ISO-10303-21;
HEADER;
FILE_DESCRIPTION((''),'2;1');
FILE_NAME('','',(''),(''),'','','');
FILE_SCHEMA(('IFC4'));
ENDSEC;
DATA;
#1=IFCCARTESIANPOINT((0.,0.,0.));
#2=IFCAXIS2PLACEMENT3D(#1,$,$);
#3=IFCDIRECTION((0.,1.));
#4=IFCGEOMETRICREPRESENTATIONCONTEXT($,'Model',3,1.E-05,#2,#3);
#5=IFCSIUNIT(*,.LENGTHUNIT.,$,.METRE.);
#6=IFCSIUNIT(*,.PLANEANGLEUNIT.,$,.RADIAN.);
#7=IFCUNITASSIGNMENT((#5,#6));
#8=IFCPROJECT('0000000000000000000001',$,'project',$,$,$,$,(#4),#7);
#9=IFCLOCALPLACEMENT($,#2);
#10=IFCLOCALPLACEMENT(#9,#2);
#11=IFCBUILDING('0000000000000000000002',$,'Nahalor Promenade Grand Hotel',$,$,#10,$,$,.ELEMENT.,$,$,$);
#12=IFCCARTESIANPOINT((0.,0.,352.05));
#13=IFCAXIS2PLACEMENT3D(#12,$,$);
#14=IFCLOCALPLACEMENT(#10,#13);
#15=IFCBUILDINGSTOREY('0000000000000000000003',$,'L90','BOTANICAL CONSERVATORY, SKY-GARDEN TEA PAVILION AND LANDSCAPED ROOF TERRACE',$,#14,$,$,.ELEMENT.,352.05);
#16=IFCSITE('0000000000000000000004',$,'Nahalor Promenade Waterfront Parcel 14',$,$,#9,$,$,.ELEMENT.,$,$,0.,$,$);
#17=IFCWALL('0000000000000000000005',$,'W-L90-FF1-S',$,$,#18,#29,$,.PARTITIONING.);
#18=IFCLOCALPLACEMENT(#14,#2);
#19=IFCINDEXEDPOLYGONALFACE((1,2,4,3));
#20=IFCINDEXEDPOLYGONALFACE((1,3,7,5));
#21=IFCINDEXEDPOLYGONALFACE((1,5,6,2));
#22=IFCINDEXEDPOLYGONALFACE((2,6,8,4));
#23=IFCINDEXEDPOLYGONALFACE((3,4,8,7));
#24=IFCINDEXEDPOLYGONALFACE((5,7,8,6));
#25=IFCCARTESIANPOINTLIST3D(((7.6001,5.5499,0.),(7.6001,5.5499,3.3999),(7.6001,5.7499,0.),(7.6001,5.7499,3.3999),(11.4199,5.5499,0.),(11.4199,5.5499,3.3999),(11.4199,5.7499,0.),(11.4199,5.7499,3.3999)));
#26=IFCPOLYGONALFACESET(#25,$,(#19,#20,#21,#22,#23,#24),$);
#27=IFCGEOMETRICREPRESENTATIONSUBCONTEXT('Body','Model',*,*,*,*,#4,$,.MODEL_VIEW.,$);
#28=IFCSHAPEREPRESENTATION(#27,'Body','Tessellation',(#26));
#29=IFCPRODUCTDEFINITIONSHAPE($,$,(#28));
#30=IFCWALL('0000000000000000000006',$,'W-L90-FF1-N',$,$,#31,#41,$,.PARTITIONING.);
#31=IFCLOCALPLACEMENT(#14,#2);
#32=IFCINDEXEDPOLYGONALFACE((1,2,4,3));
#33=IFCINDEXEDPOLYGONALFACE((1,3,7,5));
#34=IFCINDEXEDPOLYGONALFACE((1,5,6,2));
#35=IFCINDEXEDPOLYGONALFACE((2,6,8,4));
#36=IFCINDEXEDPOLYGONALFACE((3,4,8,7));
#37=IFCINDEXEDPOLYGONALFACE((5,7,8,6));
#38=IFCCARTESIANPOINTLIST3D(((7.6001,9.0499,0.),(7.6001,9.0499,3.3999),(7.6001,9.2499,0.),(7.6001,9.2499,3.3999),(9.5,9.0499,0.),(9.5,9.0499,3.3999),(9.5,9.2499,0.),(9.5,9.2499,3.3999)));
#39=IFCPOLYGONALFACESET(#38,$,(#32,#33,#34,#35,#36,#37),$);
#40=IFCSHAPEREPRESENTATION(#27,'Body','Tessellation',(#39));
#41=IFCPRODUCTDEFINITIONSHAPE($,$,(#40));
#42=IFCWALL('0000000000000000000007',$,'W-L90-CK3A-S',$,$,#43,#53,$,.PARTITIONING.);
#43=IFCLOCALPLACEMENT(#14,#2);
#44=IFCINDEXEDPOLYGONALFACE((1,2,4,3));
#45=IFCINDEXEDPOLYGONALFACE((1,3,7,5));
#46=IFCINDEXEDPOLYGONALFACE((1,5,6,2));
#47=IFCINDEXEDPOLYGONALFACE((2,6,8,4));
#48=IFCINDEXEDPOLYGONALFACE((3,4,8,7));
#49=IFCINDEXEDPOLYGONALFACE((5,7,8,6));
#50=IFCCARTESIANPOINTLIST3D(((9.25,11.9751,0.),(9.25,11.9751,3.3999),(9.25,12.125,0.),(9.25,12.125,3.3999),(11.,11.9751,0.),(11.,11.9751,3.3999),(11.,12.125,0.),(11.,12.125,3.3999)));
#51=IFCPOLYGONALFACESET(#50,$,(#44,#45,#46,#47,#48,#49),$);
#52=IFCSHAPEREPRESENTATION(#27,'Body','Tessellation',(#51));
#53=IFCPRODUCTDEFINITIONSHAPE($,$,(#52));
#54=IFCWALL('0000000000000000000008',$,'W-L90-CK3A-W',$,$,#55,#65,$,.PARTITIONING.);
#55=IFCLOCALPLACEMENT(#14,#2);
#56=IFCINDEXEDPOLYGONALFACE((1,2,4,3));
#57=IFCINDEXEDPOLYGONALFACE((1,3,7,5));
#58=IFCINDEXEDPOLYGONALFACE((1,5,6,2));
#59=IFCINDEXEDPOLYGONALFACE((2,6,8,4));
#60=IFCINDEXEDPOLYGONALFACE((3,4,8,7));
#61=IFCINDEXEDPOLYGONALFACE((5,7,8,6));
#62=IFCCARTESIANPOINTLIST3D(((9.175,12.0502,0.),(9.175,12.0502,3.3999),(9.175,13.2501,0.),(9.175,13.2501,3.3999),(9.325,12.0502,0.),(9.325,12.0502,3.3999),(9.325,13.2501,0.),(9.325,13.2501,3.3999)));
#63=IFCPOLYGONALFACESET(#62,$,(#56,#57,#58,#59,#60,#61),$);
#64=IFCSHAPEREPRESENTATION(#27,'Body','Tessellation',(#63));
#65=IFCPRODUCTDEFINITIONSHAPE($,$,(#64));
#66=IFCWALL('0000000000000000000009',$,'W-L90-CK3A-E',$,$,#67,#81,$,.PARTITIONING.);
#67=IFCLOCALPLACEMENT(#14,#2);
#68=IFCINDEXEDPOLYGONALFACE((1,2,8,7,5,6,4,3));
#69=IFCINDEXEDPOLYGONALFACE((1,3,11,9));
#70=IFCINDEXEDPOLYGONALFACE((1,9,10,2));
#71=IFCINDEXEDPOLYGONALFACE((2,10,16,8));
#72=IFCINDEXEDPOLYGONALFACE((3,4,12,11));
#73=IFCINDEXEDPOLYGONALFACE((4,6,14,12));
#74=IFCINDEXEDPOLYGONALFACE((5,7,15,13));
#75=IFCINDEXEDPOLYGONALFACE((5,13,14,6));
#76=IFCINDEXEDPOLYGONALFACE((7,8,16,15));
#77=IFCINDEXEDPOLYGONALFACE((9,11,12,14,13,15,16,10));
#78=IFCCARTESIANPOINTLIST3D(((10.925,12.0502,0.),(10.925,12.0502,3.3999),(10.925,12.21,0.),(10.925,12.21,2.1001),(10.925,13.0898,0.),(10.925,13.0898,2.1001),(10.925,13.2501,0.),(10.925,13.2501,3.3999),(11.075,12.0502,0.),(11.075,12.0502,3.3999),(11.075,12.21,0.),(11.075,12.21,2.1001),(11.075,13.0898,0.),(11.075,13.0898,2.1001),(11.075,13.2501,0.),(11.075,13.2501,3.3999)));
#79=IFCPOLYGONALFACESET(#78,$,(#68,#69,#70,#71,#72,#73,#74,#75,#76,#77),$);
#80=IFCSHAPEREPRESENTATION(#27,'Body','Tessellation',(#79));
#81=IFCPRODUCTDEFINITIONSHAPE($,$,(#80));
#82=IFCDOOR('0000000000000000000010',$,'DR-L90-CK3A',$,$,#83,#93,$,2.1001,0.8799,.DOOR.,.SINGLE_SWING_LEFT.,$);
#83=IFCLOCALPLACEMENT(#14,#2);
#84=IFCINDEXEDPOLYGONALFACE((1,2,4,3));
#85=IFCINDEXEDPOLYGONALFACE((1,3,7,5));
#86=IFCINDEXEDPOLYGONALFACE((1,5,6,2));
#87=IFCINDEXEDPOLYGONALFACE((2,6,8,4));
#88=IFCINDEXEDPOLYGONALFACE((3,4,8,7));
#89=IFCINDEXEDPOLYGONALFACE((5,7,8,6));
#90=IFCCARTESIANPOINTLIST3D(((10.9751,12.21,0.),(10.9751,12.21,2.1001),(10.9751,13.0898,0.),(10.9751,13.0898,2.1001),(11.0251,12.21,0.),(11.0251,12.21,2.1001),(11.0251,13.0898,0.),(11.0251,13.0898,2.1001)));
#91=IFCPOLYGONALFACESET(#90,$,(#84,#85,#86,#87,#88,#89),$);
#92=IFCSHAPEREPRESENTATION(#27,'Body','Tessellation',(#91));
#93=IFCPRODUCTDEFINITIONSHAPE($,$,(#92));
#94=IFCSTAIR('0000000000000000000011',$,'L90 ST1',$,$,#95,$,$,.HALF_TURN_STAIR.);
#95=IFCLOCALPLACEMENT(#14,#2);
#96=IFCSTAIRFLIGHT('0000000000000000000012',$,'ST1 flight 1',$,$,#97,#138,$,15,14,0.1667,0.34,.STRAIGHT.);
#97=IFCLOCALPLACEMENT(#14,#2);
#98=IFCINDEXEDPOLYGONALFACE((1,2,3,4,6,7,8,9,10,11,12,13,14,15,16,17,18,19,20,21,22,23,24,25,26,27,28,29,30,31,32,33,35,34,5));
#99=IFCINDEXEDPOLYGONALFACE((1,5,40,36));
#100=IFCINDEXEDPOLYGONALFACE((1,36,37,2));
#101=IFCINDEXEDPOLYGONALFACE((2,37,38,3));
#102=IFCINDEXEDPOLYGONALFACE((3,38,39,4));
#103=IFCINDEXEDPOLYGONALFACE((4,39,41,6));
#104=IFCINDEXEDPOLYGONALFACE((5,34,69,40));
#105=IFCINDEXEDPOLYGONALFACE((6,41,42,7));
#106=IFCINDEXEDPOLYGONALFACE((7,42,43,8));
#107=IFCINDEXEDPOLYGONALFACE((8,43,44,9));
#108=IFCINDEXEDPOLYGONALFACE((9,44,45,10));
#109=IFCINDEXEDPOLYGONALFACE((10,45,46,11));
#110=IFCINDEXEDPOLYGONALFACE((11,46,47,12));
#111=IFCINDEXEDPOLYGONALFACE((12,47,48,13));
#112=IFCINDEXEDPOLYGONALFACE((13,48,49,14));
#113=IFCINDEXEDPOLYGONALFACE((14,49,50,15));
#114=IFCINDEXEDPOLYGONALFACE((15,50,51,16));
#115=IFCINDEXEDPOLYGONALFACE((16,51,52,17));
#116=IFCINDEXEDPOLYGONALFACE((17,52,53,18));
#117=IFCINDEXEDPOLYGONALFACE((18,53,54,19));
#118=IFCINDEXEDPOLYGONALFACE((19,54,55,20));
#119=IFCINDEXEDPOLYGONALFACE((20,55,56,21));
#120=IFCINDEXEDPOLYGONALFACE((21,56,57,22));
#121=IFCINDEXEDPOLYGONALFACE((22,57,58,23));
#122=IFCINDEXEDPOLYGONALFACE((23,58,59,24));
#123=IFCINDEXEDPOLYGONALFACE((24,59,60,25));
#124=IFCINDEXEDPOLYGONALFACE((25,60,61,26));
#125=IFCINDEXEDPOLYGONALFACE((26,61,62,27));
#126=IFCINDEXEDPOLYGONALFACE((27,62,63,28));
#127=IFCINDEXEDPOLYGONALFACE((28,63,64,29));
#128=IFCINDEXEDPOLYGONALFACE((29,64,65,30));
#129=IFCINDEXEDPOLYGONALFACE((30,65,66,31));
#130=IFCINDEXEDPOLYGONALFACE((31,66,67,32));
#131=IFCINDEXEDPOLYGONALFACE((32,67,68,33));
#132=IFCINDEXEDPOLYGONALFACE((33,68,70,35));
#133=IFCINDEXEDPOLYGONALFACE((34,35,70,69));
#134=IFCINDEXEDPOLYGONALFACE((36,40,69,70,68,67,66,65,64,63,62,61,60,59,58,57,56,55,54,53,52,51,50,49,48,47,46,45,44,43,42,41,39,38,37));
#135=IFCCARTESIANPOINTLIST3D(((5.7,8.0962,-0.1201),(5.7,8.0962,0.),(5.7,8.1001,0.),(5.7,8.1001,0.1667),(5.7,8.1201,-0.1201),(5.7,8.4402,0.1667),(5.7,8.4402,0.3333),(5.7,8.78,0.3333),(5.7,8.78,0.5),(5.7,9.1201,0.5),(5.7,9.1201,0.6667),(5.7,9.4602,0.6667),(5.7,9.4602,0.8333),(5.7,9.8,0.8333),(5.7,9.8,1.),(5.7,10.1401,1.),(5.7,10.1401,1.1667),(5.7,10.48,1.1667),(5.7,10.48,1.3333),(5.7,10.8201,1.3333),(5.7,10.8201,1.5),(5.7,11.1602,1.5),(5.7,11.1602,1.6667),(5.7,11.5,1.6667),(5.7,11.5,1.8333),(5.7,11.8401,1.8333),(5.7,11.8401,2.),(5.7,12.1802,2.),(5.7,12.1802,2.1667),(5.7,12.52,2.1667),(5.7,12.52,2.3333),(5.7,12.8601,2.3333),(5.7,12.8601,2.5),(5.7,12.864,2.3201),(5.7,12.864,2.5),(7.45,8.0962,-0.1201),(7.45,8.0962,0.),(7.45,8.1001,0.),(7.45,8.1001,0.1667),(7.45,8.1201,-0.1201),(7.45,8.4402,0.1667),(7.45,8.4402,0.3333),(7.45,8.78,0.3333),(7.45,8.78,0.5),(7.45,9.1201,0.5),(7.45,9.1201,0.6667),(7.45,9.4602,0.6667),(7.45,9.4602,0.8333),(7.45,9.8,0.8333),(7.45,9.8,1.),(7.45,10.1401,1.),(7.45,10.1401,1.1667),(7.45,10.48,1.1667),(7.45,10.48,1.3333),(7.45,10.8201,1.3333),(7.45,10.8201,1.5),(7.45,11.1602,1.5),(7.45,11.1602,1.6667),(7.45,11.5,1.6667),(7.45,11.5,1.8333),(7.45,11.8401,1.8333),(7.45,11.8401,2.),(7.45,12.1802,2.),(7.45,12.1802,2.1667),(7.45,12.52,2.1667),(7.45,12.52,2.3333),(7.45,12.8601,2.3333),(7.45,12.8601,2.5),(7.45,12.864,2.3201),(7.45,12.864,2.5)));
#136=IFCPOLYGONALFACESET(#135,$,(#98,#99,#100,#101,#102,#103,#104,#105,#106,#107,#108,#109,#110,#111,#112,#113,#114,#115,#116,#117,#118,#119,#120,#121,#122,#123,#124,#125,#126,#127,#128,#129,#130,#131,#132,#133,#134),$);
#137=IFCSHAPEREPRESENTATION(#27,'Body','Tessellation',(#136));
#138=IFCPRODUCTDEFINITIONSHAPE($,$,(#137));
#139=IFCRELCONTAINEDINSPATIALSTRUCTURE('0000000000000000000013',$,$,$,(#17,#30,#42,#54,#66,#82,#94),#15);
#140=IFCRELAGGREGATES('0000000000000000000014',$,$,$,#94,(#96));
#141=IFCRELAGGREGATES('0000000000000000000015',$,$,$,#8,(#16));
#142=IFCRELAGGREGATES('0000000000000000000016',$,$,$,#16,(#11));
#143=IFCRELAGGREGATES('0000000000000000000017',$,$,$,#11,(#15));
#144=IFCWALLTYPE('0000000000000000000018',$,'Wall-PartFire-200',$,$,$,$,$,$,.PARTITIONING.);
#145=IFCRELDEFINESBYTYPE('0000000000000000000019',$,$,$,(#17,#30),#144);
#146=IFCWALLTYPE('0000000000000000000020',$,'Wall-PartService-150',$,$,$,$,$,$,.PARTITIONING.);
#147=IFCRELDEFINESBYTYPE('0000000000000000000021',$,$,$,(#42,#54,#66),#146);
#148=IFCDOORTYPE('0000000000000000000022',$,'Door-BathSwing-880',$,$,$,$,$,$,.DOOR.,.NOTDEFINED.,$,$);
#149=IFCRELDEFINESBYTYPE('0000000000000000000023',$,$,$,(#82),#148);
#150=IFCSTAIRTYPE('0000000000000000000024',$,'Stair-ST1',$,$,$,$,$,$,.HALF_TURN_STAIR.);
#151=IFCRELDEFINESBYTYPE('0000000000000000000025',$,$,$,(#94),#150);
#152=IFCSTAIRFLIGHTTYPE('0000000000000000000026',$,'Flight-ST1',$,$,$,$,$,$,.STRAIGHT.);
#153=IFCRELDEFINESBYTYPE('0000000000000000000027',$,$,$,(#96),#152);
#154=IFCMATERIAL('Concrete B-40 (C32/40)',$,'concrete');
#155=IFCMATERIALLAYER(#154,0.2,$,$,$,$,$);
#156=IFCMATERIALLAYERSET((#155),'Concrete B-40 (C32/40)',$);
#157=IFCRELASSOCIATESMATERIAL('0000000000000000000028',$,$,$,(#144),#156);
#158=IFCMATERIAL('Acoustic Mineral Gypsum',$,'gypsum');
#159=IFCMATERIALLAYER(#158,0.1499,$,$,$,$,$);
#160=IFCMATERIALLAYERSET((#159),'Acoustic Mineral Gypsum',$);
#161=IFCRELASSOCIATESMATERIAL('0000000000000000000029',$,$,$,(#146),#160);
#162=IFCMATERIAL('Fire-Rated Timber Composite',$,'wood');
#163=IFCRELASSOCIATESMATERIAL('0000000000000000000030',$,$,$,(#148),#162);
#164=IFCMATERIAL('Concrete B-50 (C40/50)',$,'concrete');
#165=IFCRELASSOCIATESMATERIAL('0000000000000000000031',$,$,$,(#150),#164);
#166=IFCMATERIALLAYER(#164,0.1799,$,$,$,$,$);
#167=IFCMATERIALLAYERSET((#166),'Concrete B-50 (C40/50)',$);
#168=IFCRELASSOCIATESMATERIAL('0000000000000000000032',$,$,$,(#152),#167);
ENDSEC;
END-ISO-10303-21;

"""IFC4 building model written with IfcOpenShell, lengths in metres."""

from ifc_helpers import new_model, si_unit, direction, frame, frame_2d, origin, place, context, subcontext, project, spatial, polyline, rectangle, outline, extrude, source, transform, mapped, material, layer, layer_set, type_object, element, fill, aggregate, save


model = new_model("IFC4")

# Units and contexts
model_context = context("Model", 3, precision=1e-05, world=origin(), true_north=direction((0.0, 1.0)))
body_context = subcontext(model_context, "Body", "Model", "MODEL_VIEW")
ifc_project = project(units=[si_unit("LENGTHUNIT", "METRE"), si_unit("PLANEANGLEUNIT", "RADIAN")], contexts=[model_context])

# Site, building, storey
site_placement = place(None, origin())
site = spatial("IfcSite", under=ifc_project, at=site_placement, Name="Nahalor Promenade Waterfront Parcel 14", CompositionType="ELEMENT", RefElevation=0.0)
building_placement = place(site_placement, origin())
building = spatial("IfcBuilding", under=site, at=building_placement, Name="Nahalor Promenade Grand Hotel", CompositionType="ELEMENT")
storey_placement = place(building_placement, frame((0.0, 0.0, 352.05)))
storey = spatial("IfcBuildingStorey", under=building, at=storey_placement, Name="L90", Description="BOTANICAL CONSERVATORY, SKY-GARDEN TEA PAVILION AND LANDSCAPED ROOF TERRACE", CompositionType="ELEMENT", Elevation=352.05)

# Shared definitions
ifc_material_1 = material(Name="Concrete B-50 (C40/50)", Category="concrete")

# Walls
ifc_material_2 = material(Name="Concrete B-40 (C32/40)", Category="concrete")
ifc_layer_1 = layer(ifc_material_2, 0.2)
ifc_layer_set_1 = layer_set([ifc_layer_1], Name="Concrete B-40 (C32/40)")
wall_type_1 = type_object("IfcWallType", Name="Wall-PartFire-200", PredefinedType="PARTITIONING", material=ifc_layer_set_1)
shared_shape_1 = source(origin(), body_context, "Body", "SweptSolid", [
    extrude(rectangle(XDim=3.8198, YDim=0.2, at=frame_2d((1.9099, 0.0))), origin(), (0.0, 0.0, 1.0), 3.3999),
])
wall_1_placement = place(storey_placement, frame((7.6001, 5.6499, 0.0), z_axis=(0.0, 0.0, 1.0), x_axis=(1.0, 0.0, 0.0)))
element("IfcWall", 1, at=wall_1_placement, inside=storey, type_object=wall_type_1, Name="W-L90-FF1-S", PredefinedType="PARTITIONING", context=body_context, shape_type="MappedRepresentation", body=[
    mapped(shared_shape_1, transform((0.0, 0.0, 0.0), scale=1.0)),
])
shared_shape_2 = source(origin(), body_context, "Body", "SweptSolid", [
    extrude(rectangle(XDim=1.8999, YDim=0.2, at=frame_2d((0.95, 0.0))), origin(), (0.0, 0.0, 1.0), 3.3999),
])
wall_2_placement = place(storey_placement, frame((7.6001, 9.1499, 0.0), z_axis=(0.0, 0.0, 1.0), x_axis=(1.0, 0.0, 0.0)))
element("IfcWall", 2, at=wall_2_placement, inside=storey, type_object=wall_type_1, Name="W-L90-FF1-N", PredefinedType="PARTITIONING", context=body_context, shape_type="MappedRepresentation", body=[
    mapped(shared_shape_2, transform((0.0, 0.0, 0.0), scale=1.0)),
])
ifc_material_3 = material(Name="Acoustic Mineral Gypsum", Category="gypsum")
ifc_layer_2 = layer(ifc_material_3, 0.1499)
ifc_layer_set_2 = layer_set([ifc_layer_2], Name="Acoustic Mineral Gypsum")
wall_type_2 = type_object("IfcWallType", Name="Wall-PartService-150", PredefinedType="PARTITIONING", material=ifc_layer_set_2)
shared_shape_3 = source(origin(), body_context, "Body", "SweptSolid", [
    extrude(rectangle(XDim=1.75, YDim=0.1499, at=frame_2d((0.875, 0.0))), origin(), (0.0, 0.0, 1.0), 3.3999),
])
wall_3_placement = place(storey_placement, frame((9.25, 12.05, 0.0), z_axis=(0.0, 0.0, 1.0), x_axis=(1.0, 0.0, 0.0)))
element("IfcWall", 3, at=wall_3_placement, inside=storey, type_object=wall_type_2, Name="W-L90-CK3A-S", PredefinedType="PARTITIONING", context=body_context, shape_type="MappedRepresentation", body=[
    mapped(shared_shape_3, transform((0.0, 0.0, 0.0), scale=1.0)),
])
shared_shape_4 = source(origin(), body_context, "Body", "SweptSolid", [
    extrude(rectangle(XDim=1.2, YDim=0.1499, at=frame_2d((0.6001, 0.0))), origin(), (0.0, 0.0, 1.0), 3.3999),
])
wall_4_placement = place(storey_placement, frame((9.25, 12.05, 0.0), z_axis=(0.0, 0.0, 1.0), x_axis=(0.0, 1.0, 0.0)))
element("IfcWall", 4, at=wall_4_placement, inside=storey, type_object=wall_type_2, Name="W-L90-CK3A-W", PredefinedType="PARTITIONING", context=body_context, shape_type="MappedRepresentation", body=[
    mapped(shared_shape_4, transform((0.0, 0.0, 0.0), scale=1.0)),
])

# Wall, opening, door
wall_5_placement = place(storey_placement, frame((11.0, 12.05, 0.0), z_axis=(0.0, 0.0, 1.0), x_axis=(0.0, 1.0, 0.0)))
wall_5 = element("IfcWall", 5, at=wall_5_placement, inside=storey, type_object=wall_type_2, Name="W-L90-CK3A-E", PredefinedType="PARTITIONING", context=body_context, shape_type="MappedRepresentation", body=[
    mapped(shared_shape_4, transform((0.0, 0.0, 0.0), scale=1.0)),
])
opening_1_placement = place(wall_5_placement, frame((0.1599, 0.0, 0.0)))
opening_1 = element("IfcOpeningElement", 6, at=opening_1_placement, cuts=wall_5, PredefinedType="OPENING", context=body_context, shape_type="SweptSolid", body=[
    extrude(rectangle(XDim=0.8799, YDim=2.1001, at=frame_2d((0.4399, 1.05))), frame((0.0, 0.085, 0.0), z_axis=(0.0, -1.0, 0.0), x_axis=(1.0, 0.0, 0.0)), (0.0, 0.0, 1.0), 0.1699),
])
ifc_material_4 = material(Name="Fire-Rated Timber Composite", Category="wood")
door_type_1 = type_object("IfcDoorType", Name="Door-BathSwing-880", OperationType="NOTDEFINED", PredefinedType="DOOR", material=ifc_material_4)
shared_shape_5 = source(origin(), body_context, "Body", "SweptSolid", [
    extrude(rectangle(XDim=0.8799, YDim=2.1001, at=frame_2d((0.4399, 1.05))), frame((0.0, 0.0249, 0.0), z_axis=(0.0, -1.0, 0.0), x_axis=(1.0, 0.0, 0.0)), (0.0, 0.0, 1.0), 0.05),
])
door_1_placement = place(opening_1_placement, origin())
door_1 = element("IfcDoor", 7, at=door_1_placement, inside=storey, type_object=door_type_1, Name="DR-L90-CK3A", OperationType="SINGLE_SWING_LEFT", OverallHeight=2.1001, OverallWidth=0.8799, PredefinedType="DOOR", context=body_context, shape_type="MappedRepresentation", body=[
    mapped(shared_shape_5, transform((0.0, 0.0, 0.0), scale=1.0)),
])
fill(opening_1, door_1)

# Stair, stair flight
stair_type = type_object("IfcStairType", Name="Stair-ST1", PredefinedType="HALF_TURN_STAIR", material=ifc_material_1)
stair_placement = place(storey_placement, origin())
stair = element("IfcStair", 8, at=stair_placement, inside=storey, type_object=stair_type, Name="L90 ST1", PredefinedType="HALF_TURN_STAIR")
ifc_layer_3 = layer(ifc_material_1, 0.1799)
ifc_layer_set_3 = layer_set([ifc_layer_3], Name="Concrete B-50 (C40/50)")
stair_flight_type = type_object("IfcStairFlightType", Name="Flight-ST1", PredefinedType="STRAIGHT", material=ifc_layer_set_3)
shared_shape_6 = source(origin(), body_context, "Body", "SweptSolid", [
    extrude(outline(polyline([(-0.0039, -0.1201), (-0.0039, 0.0), (0.0, 0.0), (0.0, 0.1667), (0.3401, 0.1667), (0.3401, 0.3333), (0.6799, 0.3333), (0.6799, 0.5), (1.02, 0.5), (1.02, 0.6667), (1.3601, 0.6667), (1.3601, 0.8333), (1.7, 0.8333), (1.7, 1.0), (2.04, 1.0), (2.04, 1.1667), (2.3799, 1.1667), (2.3799, 1.3333), (2.72, 1.3333), (2.72, 1.5), (3.0601, 1.5), (3.0601, 1.6667), (3.3999, 1.6667), (3.3999, 1.8333), (3.74, 1.8333), (3.74, 2.0), (4.0801, 2.0), (4.0801, 2.1667), (4.4199, 2.1667), (4.4199, 2.3333), (4.76, 2.3333), (4.76, 2.5), (4.7639, 2.5), (4.7639, 2.3201), (0.02, -0.1201), (-0.0039, -0.1201)])), frame((0.0, 0.875, 0.0), z_axis=(0.0, -1.0, 0.0), x_axis=(1.0, 0.0, 0.0)), (0.0, 0.0, 1.0), 1.75),
])
stair_flight_1_placement = place(storey_placement, frame((6.575, 8.1001, 0.0), z_axis=(0.0, 0.0, 1.0), x_axis=(0.0, 1.0, 0.0)))
stair_flight_1 = element("IfcStairFlight", 9, at=stair_flight_1_placement, type_object=stair_flight_type, Name="ST1 flight 1", NumberOfRisers=15, NumberOfTreads=14, PredefinedType="STRAIGHT", RiserHeight=0.1667, TreadLength=0.34, context=body_context, shape_type="MappedRepresentation", body=[
    mapped(shared_shape_6, transform((0.0, 0.0, 0.0), scale=1.0)),
])
aggregate(stair, [stair_flight_1])

save(model, "model.ifc")
